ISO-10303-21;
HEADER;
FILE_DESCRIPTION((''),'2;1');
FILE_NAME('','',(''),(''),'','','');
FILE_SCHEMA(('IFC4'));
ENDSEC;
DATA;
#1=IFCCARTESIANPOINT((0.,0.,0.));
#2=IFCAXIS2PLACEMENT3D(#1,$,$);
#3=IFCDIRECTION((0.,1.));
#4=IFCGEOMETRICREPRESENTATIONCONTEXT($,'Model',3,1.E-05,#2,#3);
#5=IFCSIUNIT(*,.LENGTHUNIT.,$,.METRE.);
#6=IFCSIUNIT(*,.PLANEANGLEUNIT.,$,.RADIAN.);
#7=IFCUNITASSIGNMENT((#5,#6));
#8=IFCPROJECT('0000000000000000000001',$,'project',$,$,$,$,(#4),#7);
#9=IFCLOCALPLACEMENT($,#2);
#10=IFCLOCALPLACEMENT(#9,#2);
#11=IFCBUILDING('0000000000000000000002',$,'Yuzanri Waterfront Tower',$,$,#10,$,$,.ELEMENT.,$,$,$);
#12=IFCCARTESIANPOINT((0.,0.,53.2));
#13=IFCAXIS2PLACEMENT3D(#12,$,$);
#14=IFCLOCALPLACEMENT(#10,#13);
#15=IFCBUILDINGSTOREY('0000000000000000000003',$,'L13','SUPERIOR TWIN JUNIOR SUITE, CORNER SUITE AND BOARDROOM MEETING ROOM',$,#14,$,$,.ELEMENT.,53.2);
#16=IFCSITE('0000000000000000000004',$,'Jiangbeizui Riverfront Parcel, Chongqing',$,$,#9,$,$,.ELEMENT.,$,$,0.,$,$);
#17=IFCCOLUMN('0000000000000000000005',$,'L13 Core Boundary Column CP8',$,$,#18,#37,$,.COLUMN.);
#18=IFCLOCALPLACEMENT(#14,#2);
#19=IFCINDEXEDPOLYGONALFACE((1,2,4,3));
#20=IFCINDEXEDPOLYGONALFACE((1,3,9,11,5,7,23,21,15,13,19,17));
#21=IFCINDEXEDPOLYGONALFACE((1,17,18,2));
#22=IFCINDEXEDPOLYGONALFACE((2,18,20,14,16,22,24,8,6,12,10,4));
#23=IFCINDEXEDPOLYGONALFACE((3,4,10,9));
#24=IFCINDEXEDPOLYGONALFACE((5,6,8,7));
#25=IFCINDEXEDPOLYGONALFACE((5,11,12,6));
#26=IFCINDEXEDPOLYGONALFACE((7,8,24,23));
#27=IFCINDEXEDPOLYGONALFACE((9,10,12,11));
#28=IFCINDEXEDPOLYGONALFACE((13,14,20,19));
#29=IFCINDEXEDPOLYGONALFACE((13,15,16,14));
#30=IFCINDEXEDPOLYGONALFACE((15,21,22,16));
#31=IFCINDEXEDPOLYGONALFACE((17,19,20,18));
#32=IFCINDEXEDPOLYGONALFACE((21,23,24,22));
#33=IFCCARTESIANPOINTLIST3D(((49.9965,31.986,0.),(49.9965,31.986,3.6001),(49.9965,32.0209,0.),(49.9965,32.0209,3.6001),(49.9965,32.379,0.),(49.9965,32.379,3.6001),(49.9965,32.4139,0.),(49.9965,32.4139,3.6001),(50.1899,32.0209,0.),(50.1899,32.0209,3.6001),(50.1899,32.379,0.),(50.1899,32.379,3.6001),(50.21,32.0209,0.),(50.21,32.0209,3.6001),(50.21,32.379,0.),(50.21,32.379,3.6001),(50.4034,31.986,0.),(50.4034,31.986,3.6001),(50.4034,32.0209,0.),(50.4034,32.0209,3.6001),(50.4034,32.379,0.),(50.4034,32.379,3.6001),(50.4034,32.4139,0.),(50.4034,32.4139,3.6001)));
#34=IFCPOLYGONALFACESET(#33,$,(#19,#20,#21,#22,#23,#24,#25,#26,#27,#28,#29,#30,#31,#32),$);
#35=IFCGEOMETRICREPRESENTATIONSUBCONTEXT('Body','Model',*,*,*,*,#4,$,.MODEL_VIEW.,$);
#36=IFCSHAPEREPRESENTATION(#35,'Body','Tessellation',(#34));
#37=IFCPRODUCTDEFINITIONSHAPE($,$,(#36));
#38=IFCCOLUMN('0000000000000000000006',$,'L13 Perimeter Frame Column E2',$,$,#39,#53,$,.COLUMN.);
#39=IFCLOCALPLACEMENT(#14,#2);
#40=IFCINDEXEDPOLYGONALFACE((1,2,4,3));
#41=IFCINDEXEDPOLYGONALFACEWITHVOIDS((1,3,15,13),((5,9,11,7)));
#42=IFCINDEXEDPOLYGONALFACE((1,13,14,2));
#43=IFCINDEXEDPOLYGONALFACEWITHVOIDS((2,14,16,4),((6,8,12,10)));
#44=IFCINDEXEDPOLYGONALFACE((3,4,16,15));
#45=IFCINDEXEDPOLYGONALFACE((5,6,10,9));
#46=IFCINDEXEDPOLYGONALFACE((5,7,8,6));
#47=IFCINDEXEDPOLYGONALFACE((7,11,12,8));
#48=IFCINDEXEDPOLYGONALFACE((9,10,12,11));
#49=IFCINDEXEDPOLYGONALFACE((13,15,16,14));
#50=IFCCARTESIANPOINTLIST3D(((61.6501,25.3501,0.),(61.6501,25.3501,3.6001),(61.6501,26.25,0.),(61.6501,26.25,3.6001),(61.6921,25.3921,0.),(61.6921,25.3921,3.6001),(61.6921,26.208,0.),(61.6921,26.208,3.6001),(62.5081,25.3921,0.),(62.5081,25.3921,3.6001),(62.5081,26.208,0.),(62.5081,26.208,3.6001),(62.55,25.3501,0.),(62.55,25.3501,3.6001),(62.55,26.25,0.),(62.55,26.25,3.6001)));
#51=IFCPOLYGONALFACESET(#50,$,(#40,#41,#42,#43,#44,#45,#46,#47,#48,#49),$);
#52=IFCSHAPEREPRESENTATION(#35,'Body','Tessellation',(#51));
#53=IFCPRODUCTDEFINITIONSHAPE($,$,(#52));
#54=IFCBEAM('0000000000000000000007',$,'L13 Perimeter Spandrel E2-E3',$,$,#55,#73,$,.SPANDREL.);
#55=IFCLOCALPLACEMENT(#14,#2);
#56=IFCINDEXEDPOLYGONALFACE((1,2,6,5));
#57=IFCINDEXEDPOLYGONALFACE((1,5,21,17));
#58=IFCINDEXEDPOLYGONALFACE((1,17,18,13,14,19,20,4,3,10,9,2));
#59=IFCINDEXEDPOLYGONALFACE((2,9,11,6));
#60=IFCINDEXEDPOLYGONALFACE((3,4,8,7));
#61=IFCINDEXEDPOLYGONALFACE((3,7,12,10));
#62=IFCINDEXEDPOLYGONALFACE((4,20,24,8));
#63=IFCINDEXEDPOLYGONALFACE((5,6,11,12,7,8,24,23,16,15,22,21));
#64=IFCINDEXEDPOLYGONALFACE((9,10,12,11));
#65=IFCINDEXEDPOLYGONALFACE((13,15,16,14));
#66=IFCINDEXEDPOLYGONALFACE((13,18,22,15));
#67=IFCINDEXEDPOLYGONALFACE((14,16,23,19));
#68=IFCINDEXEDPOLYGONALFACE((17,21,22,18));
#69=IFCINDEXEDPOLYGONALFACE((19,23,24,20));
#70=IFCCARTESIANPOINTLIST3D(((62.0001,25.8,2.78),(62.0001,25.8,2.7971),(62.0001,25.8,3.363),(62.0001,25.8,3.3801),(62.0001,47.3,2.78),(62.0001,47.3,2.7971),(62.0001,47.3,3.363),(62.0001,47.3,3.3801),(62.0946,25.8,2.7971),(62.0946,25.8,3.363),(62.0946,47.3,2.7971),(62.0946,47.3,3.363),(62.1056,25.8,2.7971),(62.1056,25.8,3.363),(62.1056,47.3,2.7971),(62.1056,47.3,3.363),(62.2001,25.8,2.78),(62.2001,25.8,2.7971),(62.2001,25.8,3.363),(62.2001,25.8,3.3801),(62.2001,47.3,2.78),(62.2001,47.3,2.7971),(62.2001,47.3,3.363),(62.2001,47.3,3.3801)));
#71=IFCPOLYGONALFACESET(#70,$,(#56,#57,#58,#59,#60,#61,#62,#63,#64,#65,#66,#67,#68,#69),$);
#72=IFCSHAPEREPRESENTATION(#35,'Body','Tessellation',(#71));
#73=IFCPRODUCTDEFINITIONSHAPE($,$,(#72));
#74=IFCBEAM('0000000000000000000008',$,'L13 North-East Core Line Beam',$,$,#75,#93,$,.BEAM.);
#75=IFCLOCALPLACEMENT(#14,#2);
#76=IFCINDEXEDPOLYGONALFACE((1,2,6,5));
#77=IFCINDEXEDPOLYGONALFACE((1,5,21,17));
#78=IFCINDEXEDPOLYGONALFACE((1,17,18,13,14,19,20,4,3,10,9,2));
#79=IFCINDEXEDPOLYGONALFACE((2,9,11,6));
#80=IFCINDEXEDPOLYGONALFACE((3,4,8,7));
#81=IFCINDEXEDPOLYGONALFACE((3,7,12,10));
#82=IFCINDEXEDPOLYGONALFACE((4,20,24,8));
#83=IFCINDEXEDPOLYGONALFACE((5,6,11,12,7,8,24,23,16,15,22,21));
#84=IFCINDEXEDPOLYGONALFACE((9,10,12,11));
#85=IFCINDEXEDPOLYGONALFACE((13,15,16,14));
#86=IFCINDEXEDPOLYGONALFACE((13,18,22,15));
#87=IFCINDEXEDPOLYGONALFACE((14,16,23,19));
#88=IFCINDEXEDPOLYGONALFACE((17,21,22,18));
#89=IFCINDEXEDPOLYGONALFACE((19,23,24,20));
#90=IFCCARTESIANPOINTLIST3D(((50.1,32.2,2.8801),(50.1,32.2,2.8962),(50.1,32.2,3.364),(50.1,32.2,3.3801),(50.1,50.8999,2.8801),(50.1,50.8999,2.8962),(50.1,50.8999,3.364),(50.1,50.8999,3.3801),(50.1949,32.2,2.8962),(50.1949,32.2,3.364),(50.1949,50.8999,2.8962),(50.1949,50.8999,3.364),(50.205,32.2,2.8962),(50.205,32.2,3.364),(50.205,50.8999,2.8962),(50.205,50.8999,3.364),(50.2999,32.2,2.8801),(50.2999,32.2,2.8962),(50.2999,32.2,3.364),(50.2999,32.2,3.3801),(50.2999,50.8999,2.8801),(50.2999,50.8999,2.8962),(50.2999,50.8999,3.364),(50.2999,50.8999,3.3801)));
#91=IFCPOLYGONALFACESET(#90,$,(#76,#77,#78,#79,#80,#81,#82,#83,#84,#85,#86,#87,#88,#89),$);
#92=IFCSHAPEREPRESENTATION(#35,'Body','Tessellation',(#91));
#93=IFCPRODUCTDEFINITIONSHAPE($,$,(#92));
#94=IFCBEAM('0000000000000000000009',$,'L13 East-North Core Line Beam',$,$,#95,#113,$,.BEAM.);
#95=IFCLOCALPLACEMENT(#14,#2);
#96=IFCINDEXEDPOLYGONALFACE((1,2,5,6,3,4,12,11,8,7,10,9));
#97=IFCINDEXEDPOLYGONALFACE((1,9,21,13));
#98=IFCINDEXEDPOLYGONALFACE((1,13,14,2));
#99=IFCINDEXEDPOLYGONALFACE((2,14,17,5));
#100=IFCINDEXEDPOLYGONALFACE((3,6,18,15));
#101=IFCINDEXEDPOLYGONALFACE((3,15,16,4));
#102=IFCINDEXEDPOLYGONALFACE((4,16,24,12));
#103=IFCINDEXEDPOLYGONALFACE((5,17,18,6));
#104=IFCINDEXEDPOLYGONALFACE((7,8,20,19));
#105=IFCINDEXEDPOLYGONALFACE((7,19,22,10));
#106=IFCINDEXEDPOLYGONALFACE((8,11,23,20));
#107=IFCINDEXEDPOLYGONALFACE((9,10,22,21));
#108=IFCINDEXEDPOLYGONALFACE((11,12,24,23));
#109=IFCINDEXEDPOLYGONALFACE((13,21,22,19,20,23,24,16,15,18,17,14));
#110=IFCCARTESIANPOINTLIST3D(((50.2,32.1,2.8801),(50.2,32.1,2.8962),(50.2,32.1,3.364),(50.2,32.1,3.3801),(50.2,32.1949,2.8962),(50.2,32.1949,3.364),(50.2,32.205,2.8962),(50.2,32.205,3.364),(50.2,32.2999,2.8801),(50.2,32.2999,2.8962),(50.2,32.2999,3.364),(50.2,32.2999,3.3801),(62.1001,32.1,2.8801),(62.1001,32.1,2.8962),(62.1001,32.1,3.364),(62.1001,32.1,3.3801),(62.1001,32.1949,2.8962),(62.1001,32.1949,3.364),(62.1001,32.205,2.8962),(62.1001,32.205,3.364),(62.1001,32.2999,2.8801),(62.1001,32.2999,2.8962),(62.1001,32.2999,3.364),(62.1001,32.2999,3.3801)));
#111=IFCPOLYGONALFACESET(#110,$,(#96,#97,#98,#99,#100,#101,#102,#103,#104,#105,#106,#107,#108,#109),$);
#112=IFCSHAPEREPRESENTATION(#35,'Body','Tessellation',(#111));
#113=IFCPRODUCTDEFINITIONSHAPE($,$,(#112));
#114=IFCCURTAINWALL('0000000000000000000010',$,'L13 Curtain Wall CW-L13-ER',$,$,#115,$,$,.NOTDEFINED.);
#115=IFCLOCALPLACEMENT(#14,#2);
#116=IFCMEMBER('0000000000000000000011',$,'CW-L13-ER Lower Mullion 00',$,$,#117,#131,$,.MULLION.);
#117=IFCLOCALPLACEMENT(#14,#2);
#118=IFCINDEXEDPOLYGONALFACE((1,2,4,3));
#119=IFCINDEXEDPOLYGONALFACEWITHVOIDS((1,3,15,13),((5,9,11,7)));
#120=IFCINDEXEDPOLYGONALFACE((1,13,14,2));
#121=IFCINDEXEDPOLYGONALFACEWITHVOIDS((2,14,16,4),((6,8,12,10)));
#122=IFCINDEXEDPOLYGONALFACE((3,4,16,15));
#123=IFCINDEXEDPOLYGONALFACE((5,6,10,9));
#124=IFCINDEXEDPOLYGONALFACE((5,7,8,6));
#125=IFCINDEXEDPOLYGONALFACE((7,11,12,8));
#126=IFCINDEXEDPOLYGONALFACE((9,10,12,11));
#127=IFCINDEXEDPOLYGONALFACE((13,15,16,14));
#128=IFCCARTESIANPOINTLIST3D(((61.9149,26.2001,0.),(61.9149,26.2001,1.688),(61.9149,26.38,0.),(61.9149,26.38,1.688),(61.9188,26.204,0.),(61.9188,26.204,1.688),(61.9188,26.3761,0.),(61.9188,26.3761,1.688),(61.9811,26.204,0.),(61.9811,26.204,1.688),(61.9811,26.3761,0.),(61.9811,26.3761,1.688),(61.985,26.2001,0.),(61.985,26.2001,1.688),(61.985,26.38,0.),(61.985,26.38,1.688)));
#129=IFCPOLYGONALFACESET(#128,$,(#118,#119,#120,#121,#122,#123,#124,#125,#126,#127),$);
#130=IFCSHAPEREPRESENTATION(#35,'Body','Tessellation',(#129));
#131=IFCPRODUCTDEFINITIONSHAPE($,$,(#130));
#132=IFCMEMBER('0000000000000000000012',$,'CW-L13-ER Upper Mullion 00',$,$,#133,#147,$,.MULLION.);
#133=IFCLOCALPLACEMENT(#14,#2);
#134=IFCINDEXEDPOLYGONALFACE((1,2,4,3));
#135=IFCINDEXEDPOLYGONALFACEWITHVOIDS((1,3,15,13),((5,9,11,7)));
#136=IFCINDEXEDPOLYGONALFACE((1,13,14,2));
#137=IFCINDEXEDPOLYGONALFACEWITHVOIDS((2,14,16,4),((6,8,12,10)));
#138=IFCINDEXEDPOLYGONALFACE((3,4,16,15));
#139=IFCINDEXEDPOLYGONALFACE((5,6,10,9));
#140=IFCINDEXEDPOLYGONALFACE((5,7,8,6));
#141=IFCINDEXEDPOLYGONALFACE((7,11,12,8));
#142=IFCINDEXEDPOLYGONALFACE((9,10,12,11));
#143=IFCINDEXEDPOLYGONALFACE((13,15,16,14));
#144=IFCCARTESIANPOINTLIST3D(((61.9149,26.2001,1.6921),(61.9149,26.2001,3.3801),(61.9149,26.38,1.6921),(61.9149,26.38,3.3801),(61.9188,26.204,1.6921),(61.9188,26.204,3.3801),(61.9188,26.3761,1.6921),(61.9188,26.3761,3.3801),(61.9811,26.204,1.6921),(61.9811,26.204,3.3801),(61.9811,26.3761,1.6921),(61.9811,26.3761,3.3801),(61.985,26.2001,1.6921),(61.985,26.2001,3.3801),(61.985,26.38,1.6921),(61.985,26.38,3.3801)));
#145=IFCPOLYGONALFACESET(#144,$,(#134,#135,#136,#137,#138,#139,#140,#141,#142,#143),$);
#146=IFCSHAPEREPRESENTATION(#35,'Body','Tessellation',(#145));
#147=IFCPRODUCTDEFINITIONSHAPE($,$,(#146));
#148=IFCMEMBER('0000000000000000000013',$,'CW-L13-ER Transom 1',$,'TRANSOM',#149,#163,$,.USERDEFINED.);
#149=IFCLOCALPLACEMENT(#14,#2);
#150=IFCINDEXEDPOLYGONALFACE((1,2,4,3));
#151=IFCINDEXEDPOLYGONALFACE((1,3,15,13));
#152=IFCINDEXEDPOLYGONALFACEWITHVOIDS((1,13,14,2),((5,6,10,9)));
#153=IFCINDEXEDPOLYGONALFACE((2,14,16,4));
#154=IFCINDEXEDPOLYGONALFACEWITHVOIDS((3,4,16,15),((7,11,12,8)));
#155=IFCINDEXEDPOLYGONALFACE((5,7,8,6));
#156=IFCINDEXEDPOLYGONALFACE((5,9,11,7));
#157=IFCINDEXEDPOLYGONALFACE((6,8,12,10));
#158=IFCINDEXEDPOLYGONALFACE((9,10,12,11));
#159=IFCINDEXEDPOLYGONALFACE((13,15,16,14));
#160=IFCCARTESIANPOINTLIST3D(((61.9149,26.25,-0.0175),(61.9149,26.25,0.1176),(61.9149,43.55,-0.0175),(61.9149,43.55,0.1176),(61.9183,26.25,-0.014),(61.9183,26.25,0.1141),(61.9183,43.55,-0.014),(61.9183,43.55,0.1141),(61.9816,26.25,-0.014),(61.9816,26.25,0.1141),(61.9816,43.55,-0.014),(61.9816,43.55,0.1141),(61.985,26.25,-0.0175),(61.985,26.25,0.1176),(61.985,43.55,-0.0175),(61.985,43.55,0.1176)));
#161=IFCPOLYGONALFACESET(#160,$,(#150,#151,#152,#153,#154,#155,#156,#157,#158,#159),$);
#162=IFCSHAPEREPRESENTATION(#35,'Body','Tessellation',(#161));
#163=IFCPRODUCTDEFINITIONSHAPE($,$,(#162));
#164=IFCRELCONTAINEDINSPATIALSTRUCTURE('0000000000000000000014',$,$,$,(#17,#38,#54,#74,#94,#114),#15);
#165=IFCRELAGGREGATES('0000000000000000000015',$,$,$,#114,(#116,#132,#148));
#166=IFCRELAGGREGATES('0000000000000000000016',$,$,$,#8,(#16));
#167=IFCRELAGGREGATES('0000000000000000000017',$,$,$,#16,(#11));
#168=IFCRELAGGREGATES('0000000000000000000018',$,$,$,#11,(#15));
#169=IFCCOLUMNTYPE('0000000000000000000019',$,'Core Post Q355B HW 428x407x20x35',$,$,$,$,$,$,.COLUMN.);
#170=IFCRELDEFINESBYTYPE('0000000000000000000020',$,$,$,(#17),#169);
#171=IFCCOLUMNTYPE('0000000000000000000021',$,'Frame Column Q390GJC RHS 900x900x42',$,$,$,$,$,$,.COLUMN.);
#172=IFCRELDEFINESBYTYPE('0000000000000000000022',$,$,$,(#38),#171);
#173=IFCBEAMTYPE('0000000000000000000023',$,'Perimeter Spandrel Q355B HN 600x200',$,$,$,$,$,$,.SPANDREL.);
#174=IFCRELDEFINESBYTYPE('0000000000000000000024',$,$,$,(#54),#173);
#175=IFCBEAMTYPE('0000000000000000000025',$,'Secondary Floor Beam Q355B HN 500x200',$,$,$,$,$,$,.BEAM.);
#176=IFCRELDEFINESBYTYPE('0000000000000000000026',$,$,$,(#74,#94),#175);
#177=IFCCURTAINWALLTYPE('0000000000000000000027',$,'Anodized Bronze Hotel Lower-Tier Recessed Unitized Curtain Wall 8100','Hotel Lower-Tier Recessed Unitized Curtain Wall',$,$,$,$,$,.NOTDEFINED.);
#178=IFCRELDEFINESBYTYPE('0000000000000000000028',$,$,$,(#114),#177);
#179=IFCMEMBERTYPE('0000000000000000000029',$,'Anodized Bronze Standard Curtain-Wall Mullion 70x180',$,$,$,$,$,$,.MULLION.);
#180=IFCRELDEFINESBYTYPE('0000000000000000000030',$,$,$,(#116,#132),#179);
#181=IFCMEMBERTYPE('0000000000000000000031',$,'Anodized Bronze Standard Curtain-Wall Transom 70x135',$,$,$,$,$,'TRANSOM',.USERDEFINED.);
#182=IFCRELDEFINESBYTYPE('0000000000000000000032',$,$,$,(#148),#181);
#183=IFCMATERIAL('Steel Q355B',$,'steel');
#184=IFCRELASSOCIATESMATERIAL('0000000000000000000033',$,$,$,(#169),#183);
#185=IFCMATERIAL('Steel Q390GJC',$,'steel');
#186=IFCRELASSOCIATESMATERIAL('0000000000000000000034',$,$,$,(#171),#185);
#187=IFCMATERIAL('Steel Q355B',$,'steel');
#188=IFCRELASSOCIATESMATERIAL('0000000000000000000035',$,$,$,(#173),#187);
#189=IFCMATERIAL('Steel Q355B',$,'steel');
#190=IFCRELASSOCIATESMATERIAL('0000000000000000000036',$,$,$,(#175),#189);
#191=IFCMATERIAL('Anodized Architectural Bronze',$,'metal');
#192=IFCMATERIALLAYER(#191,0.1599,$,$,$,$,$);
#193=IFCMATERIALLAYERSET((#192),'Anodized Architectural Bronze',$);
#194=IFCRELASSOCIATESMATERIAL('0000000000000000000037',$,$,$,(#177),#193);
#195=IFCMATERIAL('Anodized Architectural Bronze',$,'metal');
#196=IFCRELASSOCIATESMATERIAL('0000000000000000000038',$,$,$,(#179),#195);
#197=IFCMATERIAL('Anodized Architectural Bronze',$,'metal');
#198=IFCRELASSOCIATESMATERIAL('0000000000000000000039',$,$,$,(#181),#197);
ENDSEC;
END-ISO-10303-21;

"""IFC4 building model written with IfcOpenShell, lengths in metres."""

from ifc_helpers import new_model, si_unit, direction, frame, origin, origin_2d, place, context, subcontext, project, spatial, hollow_rectangle, i_section, extrude, source, transform, mapped, material, layer, layer_set, material_profile, profile_set, type_object, element, aggregate, save


model = new_model("IFC4")

# Units and contexts
model_context = context("Model", 3, precision=1e-05, world=origin(), true_north=direction((0.0, 1.0)))
body_context = subcontext(model_context, "Body", "Model", "MODEL_VIEW")
ifc_project = project(units=[si_unit("LENGTHUNIT", "METRE"), si_unit("PLANEANGLEUNIT", "RADIAN")], contexts=[model_context])

# Site, building, storey
site_placement = place(None, origin())
site = spatial("IfcSite", under=ifc_project, at=site_placement, Name="Jiangbeizui Riverfront Parcel, Chongqing", CompositionType="ELEMENT", RefElevation=0.0)
building_placement = place(site_placement, origin())
building = spatial("IfcBuilding", under=site, at=building_placement, Name="Yuzanri Waterfront Tower", CompositionType="ELEMENT")
storey_placement = place(building_placement, frame((0.0, 0.0, 53.2)))
storey = spatial("IfcBuildingStorey", under=building, at=storey_placement, Name="L13", Description="SUPERIOR TWIN JUNIOR SUITE, CORNER SUITE AND BOARDROOM MEETING ROOM", CompositionType="ELEMENT", Elevation=53.2)

# Columns
ifc_material_1 = material(Name="Steel Q355B", Category="steel")
ifc_material_profile_1 = material_profile(ifc_material_1, i_section(OverallWidth=0.407, OverallDepth=0.428, WebThickness=0.02, FlangeThickness=0.0349, at=origin_2d()), Name="HW 428x407x20x35")
ifc_profile_set_1 = profile_set([ifc_material_profile_1], Name="Steel Q355B")
column_type_1 = type_object("IfcColumnType", Name="Core Post Q355B HW 428x407x20x35", PredefinedType="COLUMN", material=ifc_profile_set_1)
shared_shape_1 = source(origin(), body_context, "Body", "SweptSolid", [
    extrude(i_section(OverallWidth=0.407, OverallDepth=0.428, WebThickness=0.02, FlangeThickness=0.0349, at=origin_2d()), origin(), (0.0, 0.0, 1.0), 3.6001),
])
column_1_placement = place(storey_placement, frame((50.2, 32.2, 0.0), z_axis=(0.0, 0.0, 1.0), x_axis=(1.0, 0.0, 0.0)))
element("IfcColumn", 1, at=column_1_placement, inside=storey, type_object=column_type_1, Name="L13 Core Boundary Column CP8", PredefinedType="COLUMN", context=body_context, shape_type="MappedRepresentation", body=[
    mapped(shared_shape_1, transform((0.0, 0.0, 0.0), scale=1.0)),
])
ifc_material_2 = material(Name="Steel Q390GJC", Category="steel")
ifc_material_profile_2 = material_profile(ifc_material_2, hollow_rectangle(XDim=0.8999, YDim=0.8999, WallThickness=0.042, at=origin_2d()), Name="RHS 900x900x42")
ifc_profile_set_2 = profile_set([ifc_material_profile_2], Name="Steel Q390GJC")
column_type_2 = type_object("IfcColumnType", Name="Frame Column Q390GJC RHS 900x900x42", PredefinedType="COLUMN", material=ifc_profile_set_2)
shared_shape_2 = source(origin(), body_context, "Body", "SweptSolid", [
    extrude(hollow_rectangle(XDim=0.8999, YDim=0.8999, WallThickness=0.042, at=origin_2d()), origin(), (0.0, 0.0, 1.0), 3.6001),
])
column_2_placement = place(storey_placement, frame((62.1001, 25.8, 0.0), z_axis=(0.0, 0.0, 1.0), x_axis=(1.0, 0.0, 0.0)))
element("IfcColumn", 2, at=column_2_placement, inside=storey, type_object=column_type_2, Name="L13 Perimeter Frame Column E2", PredefinedType="COLUMN", context=body_context, shape_type="MappedRepresentation", body=[
    mapped(shared_shape_2, transform((0.0, 0.0, 0.0), scale=1.0)),
])

# Beams
ifc_material_3 = material(Name="Steel Q355B", Category="steel")
ifc_material_profile_3 = material_profile(ifc_material_3, i_section(OverallWidth=0.2, OverallDepth=0.6001, WebThickness=0.011, FlangeThickness=0.0171, at=origin_2d()), Name="HN 600x200x11x17")
ifc_profile_set_3 = profile_set([ifc_material_profile_3], Name="Steel Q355B")
beam_type_1 = type_object("IfcBeamType", Name="Perimeter Spandrel Q355B HN 600x200", PredefinedType="SPANDREL", material=ifc_profile_set_3)
shared_shape_3 = source(origin(), body_context, "Body", "SweptSolid", [
    extrude(i_section(OverallWidth=0.2, OverallDepth=0.6001, WebThickness=0.011, FlangeThickness=0.0171, at=origin_2d()), origin(), (0.0, 0.0, 1.0), 21.5),
])
beam_1_placement = place(storey_placement, frame((62.1001, 25.8, 3.0801), z_axis=(0.0, 1.0, 0.0), x_axis=(-1.0, 0.0, 0.0)))
element("IfcBeam", 3, at=beam_1_placement, inside=storey, type_object=beam_type_1, Name="L13 Perimeter Spandrel E2-E3", PredefinedType="SPANDREL", context=body_context, shape_type="MappedRepresentation", body=[
    mapped(shared_shape_3, transform((0.0, 0.0, 0.0), scale=1.0)),
])
ifc_material_4 = material(Name="Steel Q355B", Category="steel")
ifc_material_profile_4 = material_profile(ifc_material_4, i_section(OverallWidth=0.2, OverallDepth=0.5, WebThickness=0.01, FlangeThickness=0.0161, at=origin_2d()), Name="HN 500x200x10x16")
ifc_profile_set_4 = profile_set([ifc_material_profile_4], Name="Steel Q355B")
beam_type_2 = type_object("IfcBeamType", Name="Secondary Floor Beam Q355B HN 500x200", PredefinedType="BEAM", material=ifc_profile_set_4)
shared_shape_4 = source(origin(), body_context, "Body", "SweptSolid", [
    extrude(i_section(OverallWidth=0.2, OverallDepth=0.5, WebThickness=0.01, FlangeThickness=0.0161, at=origin_2d()), origin(), (0.0, 0.0, 1.0), 18.7),
])
beam_2_placement = place(storey_placement, frame((50.2, 32.2, 3.1301), z_axis=(0.0, 1.0, 0.0), x_axis=(-1.0, 0.0, 0.0)))
element("IfcBeam", 4, at=beam_2_placement, inside=storey, type_object=beam_type_2, Name="L13 North-East Core Line Beam", PredefinedType="BEAM", context=body_context, shape_type="MappedRepresentation", body=[
    mapped(shared_shape_4, transform((0.0, 0.0, 0.0), scale=1.0)),
])
shared_shape_5 = source(origin(), body_context, "Body", "SweptSolid", [
    extrude(i_section(OverallWidth=0.2, OverallDepth=0.5, WebThickness=0.01, FlangeThickness=0.0161, at=origin_2d()), origin(), (0.0, 0.0, 1.0), 11.9001),
])
beam_3_placement = place(storey_placement, frame((50.2, 32.2, 3.1301), z_axis=(1.0, 0.0, 0.0), x_axis=(0.0, 1.0, 0.0)))
element("IfcBeam", 5, at=beam_3_placement, inside=storey, type_object=beam_type_2, Name="L13 East-North Core Line Beam", PredefinedType="BEAM", context=body_context, shape_type="MappedRepresentation", body=[
    mapped(shared_shape_5, transform((0.0, 0.0, 0.0), scale=1.0)),
])

# Curtain wall, members
ifc_material_5 = material(Name="Anodized Architectural Bronze", Category="metal")
ifc_layer_1 = layer(ifc_material_5, 0.1599)
ifc_layer_set_1 = layer_set([ifc_layer_1], Name="Anodized Architectural Bronze")
curtain_wall_type = type_object("IfcCurtainWallType", Name="Anodized Bronze Hotel Lower-Tier Recessed Unitized Curtain Wall 8100", Description="Hotel Lower-Tier Recessed Unitized Curtain Wall", PredefinedType="NOTDEFINED", material=ifc_layer_set_1)
curtain_wall_placement = place(storey_placement, origin())
curtain_wall = element("IfcCurtainWall", 6, at=curtain_wall_placement, inside=storey, type_object=curtain_wall_type, Name="L13 Curtain Wall CW-L13-ER", PredefinedType="NOTDEFINED")
ifc_material_6 = material(Name="Anodized Architectural Bronze", Category="metal")
ifc_material_profile_5 = material_profile(ifc_material_6, hollow_rectangle(XDim=0.0701, YDim=0.1799, WallThickness=0.0039, at=origin_2d()), Name="CWM 70x180")
ifc_profile_set_5 = profile_set([ifc_material_profile_5], Name="Anodized Architectural Bronze")
member_type_1 = type_object("IfcMemberType", Name="Anodized Bronze Standard Curtain-Wall Mullion 70x180", PredefinedType="MULLION", material=ifc_profile_set_5)
shared_shape_6 = source(origin(), body_context, "Body", "SweptSolid", [
    extrude(hollow_rectangle(XDim=0.0701, YDim=0.1799, WallThickness=0.0039, at=origin_2d()), origin(), (0.0, 0.0, 1.0), 1.688),
])
member_1_placement = place(storey_placement, frame((61.95, 26.29, 0.0), z_axis=(0.0, 0.0, 1.0), x_axis=(1.0, 0.0, 0.0)))
member_1 = element("IfcMember", 7, at=member_1_placement, type_object=member_type_1, Name="CW-L13-ER Lower Mullion 00", PredefinedType="MULLION", context=body_context, shape_type="MappedRepresentation", body=[
    mapped(shared_shape_6, transform((0.0, 0.0, 0.0), scale=1.0)),
])
member_2_placement = place(storey_placement, frame((61.95, 26.29, 1.6921), z_axis=(0.0, 0.0, 1.0), x_axis=(1.0, 0.0, 0.0)))
member_2 = element("IfcMember", 8, at=member_2_placement, type_object=member_type_1, Name="CW-L13-ER Upper Mullion 00", PredefinedType="MULLION", context=body_context, shape_type="MappedRepresentation", body=[
    mapped(shared_shape_6, transform((0.0, 0.0, 0.0), scale=1.0)),
])
ifc_material_7 = material(Name="Anodized Architectural Bronze", Category="metal")
ifc_material_profile_6 = material_profile(ifc_material_7, hollow_rectangle(XDim=0.0701, YDim=0.135, WallThickness=0.0034, at=origin_2d()), Name="CWT 70x135")
ifc_profile_set_6 = profile_set([ifc_material_profile_6], Name="Anodized Architectural Bronze")
member_type_2 = type_object("IfcMemberType", Name="Anodized Bronze Standard Curtain-Wall Transom 70x135", ElementType="TRANSOM", PredefinedType="USERDEFINED", material=ifc_profile_set_6)
shared_shape_7 = source(origin(), body_context, "Body", "SweptSolid", [
    extrude(hollow_rectangle(XDim=0.0701, YDim=0.135, WallThickness=0.0034, at=origin_2d()), origin(), (0.0, 0.0, 1.0), 17.3),
])
member_3_placement = place(storey_placement, frame((61.95, 26.25, 0.05), z_axis=(0.0, 1.0, 0.0), x_axis=(-1.0, 0.0, 0.0)))
member_3 = element("IfcMember", 9, at=member_3_placement, type_object=member_type_2, Name="CW-L13-ER Transom 1", ObjectType="TRANSOM", PredefinedType="USERDEFINED", context=body_context, shape_type="MappedRepresentation", body=[
    mapped(shared_shape_7, transform((0.0, 0.0, 0.0), scale=1.0)),
])
aggregate(curtain_wall, [member_1, member_2, member_3])

save(model, "model.ifc")
